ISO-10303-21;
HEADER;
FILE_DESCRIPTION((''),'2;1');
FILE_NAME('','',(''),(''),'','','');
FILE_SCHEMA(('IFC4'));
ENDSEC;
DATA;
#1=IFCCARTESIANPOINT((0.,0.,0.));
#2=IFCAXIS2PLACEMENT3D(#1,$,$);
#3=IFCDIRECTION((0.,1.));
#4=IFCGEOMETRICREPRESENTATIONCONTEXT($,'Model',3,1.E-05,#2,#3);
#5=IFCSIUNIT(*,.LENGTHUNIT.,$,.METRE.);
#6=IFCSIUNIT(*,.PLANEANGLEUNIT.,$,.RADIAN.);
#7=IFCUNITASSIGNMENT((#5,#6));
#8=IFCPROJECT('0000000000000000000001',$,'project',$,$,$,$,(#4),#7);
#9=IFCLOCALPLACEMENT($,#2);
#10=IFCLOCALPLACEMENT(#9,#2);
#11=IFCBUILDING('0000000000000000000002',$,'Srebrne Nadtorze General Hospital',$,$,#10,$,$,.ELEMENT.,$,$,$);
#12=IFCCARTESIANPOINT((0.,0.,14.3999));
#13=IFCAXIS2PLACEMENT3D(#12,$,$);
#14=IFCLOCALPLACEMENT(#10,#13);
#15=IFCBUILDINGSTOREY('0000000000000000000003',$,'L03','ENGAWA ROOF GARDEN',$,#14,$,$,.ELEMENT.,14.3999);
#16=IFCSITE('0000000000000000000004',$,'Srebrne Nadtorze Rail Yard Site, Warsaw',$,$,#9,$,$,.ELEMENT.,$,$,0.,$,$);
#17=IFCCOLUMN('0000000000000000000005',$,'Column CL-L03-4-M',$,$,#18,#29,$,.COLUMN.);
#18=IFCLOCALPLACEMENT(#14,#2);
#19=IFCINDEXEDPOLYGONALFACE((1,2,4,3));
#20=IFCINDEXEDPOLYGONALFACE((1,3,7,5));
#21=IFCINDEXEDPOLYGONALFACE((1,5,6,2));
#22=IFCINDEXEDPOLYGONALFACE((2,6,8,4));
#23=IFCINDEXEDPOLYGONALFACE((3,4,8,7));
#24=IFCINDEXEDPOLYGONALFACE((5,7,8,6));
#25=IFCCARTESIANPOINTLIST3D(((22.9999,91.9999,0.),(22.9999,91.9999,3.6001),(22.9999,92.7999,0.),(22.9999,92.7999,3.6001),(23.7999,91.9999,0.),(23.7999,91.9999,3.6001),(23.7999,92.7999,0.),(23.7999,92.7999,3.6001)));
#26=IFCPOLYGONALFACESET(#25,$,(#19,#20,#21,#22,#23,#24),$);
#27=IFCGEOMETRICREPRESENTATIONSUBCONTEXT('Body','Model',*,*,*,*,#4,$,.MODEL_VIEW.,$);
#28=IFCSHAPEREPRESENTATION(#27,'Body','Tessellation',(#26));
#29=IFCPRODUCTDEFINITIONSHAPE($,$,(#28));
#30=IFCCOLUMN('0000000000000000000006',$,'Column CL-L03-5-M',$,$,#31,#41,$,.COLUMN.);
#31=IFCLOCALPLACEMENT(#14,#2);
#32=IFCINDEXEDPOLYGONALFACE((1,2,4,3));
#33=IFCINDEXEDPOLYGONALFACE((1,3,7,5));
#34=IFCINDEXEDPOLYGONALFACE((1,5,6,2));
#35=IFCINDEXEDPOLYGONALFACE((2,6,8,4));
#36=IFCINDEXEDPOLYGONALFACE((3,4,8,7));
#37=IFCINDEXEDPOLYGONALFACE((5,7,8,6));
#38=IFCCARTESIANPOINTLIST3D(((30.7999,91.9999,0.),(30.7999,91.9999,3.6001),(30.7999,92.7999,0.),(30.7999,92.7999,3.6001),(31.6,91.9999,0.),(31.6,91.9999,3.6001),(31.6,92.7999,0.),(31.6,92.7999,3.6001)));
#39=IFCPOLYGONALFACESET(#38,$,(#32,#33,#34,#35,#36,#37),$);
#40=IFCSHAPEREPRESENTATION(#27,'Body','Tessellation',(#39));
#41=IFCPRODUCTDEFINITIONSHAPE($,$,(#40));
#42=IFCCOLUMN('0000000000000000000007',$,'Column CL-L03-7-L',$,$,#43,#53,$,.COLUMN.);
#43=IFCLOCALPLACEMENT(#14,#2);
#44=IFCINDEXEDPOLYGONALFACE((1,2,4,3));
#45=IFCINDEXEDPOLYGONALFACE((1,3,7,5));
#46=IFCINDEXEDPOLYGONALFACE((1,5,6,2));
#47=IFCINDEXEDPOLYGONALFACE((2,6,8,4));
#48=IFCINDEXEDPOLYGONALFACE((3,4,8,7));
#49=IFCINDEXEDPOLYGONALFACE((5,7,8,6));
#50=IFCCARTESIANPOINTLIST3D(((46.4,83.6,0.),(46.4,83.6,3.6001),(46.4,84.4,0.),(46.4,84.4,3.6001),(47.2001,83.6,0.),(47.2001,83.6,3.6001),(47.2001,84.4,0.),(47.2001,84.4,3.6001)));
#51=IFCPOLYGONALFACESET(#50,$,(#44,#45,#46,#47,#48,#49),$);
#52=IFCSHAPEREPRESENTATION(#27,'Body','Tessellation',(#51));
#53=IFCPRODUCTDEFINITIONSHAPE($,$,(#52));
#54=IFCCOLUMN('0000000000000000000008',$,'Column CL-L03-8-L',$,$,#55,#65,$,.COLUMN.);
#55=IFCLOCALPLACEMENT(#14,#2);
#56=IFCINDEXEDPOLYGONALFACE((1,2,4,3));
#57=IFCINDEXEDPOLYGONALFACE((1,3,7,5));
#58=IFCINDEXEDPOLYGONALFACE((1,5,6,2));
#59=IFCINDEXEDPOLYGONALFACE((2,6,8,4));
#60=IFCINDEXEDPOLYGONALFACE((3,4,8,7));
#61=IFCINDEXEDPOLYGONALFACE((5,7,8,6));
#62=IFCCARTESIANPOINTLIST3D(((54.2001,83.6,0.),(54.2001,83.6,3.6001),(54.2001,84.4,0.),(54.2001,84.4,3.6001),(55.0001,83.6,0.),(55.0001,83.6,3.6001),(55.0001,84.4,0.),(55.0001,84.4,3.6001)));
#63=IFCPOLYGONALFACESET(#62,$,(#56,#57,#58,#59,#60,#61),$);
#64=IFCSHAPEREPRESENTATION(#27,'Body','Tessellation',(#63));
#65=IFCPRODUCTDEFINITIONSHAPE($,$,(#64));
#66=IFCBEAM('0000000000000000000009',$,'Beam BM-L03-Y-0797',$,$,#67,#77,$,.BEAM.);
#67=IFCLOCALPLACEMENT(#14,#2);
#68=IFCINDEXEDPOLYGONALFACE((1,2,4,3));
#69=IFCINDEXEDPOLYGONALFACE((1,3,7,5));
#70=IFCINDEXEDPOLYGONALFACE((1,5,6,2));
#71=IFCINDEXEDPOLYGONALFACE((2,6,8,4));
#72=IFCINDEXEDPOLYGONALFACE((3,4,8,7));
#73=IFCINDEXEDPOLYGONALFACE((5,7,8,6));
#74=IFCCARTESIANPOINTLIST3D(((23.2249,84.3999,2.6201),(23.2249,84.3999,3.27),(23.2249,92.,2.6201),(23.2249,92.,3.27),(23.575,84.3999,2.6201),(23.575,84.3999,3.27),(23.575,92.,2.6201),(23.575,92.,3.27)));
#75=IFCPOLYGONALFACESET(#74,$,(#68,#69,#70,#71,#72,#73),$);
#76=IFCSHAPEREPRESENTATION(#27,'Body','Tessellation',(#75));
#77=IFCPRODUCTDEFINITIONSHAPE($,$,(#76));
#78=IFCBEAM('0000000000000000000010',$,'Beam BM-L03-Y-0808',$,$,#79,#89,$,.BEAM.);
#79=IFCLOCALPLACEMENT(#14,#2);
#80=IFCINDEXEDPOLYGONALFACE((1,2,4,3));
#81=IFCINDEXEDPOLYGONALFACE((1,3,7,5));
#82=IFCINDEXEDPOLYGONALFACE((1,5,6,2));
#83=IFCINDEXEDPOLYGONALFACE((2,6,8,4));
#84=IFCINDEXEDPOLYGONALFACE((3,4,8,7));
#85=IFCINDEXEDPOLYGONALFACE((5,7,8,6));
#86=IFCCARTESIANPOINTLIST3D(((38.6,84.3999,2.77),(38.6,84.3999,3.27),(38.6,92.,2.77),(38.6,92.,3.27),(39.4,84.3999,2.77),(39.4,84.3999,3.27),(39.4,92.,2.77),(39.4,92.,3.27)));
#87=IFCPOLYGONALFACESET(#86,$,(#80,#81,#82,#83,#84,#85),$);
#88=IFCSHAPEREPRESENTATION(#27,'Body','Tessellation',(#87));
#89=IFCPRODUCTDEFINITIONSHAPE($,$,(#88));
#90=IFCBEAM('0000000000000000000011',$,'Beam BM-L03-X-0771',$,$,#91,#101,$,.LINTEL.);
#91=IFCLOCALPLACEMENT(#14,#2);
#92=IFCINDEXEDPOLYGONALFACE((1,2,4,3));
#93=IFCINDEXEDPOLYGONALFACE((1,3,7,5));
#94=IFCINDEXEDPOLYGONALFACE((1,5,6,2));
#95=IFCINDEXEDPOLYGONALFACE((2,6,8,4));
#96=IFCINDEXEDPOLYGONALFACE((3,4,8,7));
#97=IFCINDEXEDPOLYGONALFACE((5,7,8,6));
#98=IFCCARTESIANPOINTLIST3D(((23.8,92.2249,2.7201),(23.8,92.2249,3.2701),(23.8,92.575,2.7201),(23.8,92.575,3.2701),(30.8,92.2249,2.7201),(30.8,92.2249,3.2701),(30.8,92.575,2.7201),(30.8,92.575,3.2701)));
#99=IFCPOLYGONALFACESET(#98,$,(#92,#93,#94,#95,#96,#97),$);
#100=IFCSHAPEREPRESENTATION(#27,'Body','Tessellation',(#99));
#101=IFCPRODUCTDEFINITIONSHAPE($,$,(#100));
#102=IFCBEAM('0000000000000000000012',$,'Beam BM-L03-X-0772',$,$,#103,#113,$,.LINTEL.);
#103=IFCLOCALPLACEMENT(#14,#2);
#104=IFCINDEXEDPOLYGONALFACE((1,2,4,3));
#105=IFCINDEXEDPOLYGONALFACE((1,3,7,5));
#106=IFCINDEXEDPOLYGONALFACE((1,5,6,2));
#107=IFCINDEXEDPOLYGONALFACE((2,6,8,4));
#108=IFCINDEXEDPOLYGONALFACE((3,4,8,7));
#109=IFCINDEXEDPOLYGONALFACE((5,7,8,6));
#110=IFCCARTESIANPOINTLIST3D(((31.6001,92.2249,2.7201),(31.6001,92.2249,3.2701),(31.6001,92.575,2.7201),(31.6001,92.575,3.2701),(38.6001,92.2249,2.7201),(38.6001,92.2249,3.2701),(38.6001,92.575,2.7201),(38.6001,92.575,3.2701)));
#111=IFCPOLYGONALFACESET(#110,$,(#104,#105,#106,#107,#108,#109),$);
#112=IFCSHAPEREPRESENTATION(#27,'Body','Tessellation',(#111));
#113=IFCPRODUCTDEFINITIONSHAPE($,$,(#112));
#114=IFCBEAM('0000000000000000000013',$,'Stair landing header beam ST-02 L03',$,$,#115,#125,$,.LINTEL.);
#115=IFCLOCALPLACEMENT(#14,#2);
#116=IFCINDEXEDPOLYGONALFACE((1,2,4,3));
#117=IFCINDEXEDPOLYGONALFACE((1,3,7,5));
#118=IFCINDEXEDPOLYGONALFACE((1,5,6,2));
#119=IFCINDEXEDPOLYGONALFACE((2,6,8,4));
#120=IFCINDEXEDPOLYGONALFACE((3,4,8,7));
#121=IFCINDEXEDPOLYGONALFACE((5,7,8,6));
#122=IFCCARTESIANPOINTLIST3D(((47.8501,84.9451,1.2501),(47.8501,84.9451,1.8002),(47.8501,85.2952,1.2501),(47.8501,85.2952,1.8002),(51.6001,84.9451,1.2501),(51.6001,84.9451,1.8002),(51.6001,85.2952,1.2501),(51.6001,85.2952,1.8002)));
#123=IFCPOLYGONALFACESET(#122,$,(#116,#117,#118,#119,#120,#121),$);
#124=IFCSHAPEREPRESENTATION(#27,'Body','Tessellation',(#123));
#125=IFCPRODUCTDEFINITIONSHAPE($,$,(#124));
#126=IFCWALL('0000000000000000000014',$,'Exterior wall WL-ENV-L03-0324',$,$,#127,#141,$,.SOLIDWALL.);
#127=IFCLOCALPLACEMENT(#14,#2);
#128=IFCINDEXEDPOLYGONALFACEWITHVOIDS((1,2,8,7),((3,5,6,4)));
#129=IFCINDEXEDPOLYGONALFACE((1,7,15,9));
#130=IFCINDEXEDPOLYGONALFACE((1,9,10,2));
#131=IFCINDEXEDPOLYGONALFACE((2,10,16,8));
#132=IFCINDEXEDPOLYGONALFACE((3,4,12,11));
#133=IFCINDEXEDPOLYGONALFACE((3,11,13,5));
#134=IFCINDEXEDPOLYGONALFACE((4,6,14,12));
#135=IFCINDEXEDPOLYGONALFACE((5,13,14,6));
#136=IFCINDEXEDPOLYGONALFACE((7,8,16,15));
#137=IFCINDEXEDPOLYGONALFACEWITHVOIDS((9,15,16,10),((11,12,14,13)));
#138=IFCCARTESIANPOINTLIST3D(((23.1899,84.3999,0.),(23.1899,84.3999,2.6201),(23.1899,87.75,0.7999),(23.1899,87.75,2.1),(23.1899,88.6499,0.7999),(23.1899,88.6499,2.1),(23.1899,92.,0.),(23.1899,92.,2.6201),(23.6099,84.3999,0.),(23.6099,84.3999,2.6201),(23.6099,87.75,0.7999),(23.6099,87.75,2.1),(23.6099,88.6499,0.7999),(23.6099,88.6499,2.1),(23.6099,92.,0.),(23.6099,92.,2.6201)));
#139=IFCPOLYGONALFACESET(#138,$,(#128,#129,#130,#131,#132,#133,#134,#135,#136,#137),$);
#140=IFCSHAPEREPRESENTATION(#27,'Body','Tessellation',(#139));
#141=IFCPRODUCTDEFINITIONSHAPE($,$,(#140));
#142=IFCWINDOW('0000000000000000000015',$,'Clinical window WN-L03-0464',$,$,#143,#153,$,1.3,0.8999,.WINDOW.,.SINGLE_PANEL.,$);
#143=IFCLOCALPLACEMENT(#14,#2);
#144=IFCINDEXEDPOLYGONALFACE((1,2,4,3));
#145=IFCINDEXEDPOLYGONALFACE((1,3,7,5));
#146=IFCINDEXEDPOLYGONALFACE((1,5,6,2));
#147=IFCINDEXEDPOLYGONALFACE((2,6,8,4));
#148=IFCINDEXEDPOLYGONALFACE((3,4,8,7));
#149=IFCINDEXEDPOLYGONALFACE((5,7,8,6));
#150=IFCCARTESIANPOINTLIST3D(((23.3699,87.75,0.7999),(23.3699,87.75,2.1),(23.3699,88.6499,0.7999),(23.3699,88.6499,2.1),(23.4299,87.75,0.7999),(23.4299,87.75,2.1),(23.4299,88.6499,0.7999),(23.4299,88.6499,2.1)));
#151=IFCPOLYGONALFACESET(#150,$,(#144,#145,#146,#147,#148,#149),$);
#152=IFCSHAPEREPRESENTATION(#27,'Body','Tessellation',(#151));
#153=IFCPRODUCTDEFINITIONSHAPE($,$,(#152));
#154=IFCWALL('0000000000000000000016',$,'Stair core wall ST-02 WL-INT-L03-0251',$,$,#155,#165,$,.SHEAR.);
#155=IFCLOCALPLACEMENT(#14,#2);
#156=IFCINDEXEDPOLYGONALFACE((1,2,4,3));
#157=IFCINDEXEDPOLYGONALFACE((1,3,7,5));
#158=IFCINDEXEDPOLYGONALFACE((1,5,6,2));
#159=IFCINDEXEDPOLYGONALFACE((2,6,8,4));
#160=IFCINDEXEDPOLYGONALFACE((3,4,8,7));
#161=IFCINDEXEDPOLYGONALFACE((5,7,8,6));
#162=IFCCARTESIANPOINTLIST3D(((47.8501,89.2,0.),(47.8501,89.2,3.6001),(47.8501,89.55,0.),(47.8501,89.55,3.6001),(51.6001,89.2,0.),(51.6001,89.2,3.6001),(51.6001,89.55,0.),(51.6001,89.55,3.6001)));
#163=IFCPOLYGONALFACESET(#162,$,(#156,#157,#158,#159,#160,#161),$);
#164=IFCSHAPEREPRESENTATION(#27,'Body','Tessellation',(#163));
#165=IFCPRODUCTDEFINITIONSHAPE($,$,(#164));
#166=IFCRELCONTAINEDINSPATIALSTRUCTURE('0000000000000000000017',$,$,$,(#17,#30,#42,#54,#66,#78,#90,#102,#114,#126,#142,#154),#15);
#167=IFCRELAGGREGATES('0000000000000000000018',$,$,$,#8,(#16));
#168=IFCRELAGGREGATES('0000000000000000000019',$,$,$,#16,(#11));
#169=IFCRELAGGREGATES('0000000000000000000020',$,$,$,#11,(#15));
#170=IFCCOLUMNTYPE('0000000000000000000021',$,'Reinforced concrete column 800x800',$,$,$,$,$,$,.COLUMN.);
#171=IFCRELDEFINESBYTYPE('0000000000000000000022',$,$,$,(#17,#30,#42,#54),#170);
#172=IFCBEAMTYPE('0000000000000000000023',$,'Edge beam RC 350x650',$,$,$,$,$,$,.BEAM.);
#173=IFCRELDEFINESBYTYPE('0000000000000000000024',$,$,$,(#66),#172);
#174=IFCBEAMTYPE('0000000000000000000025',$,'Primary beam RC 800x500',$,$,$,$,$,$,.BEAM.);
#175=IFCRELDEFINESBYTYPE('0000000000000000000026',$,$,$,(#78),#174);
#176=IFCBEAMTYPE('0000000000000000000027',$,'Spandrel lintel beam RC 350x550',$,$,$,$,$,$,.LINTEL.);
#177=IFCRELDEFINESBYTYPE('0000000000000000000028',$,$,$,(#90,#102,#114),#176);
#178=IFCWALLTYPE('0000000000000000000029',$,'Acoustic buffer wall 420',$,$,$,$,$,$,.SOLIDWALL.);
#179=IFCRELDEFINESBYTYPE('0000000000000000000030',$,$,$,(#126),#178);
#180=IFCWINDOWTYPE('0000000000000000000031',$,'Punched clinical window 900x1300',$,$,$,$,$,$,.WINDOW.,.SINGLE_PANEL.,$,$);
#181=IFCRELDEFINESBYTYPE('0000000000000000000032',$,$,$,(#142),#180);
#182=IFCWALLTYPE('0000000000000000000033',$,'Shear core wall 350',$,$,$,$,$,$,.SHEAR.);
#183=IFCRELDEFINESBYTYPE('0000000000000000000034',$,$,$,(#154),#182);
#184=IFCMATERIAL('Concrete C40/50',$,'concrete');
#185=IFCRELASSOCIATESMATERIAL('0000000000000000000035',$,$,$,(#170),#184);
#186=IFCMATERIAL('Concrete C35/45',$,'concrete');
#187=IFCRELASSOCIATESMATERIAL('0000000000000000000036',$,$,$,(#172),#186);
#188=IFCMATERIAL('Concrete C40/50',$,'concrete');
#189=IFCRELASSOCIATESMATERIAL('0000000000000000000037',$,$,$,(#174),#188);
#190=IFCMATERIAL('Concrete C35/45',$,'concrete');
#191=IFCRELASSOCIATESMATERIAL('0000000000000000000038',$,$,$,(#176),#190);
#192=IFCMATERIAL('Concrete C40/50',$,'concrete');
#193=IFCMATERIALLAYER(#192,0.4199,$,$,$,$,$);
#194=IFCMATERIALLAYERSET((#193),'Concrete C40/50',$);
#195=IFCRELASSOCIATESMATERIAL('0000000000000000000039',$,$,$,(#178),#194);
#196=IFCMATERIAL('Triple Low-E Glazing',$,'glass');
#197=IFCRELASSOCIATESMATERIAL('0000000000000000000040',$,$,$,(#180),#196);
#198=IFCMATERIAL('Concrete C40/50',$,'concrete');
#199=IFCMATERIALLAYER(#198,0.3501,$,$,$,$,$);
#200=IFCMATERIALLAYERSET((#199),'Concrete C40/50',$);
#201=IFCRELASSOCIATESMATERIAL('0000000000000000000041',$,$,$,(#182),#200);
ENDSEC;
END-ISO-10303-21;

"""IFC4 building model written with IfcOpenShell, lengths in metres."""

from ifc_helpers import new_model, si_unit, direction, frame, frame_2d, origin, origin_2d, place, context, subcontext, project, spatial, rectangle, extrude, material, layer, layer_set, material_profile, profile_set, type_object, element, fill, save


model = new_model("IFC4")

# Units and contexts
model_context = context("Model", 3, precision=1e-05, world=origin(), true_north=direction((0.0, 1.0)))
body_context = subcontext(model_context, "Body", "Model", "MODEL_VIEW")
ifc_project = project(units=[si_unit("LENGTHUNIT", "METRE"), si_unit("PLANEANGLEUNIT", "RADIAN")], contexts=[model_context])

# Site, building, storey
site_placement = place(None, origin())
site = spatial("IfcSite", under=ifc_project, at=site_placement, Name="Srebrne Nadtorze Rail Yard Site, Warsaw", CompositionType="ELEMENT", RefElevation=0.0)
building_placement = place(site_placement, origin())
building = spatial("IfcBuilding", under=site, at=building_placement, Name="Srebrne Nadtorze General Hospital", CompositionType="ELEMENT")
storey_placement = place(building_placement, frame((0.0, 0.0, 14.3999)))
storey = spatial("IfcBuildingStorey", under=building, at=storey_placement, Name="L03", Description="ENGAWA ROOF GARDEN", CompositionType="ELEMENT", Elevation=14.3999)

# Columns
ifc_material_1 = material(Name="Concrete C40/50", Category="concrete")
ifc_material_profile_1 = material_profile(ifc_material_1, rectangle(XDim=0.8, YDim=0.8, at=origin_2d()), Name="RC-COL-800x800")
ifc_profile_set_1 = profile_set([ifc_material_profile_1], Name="Concrete C40/50")
column_type = type_object("IfcColumnType", Name="Reinforced concrete column 800x800", PredefinedType="COLUMN", material=ifc_profile_set_1)
for number, where, z_axis, x_axis, name in (
    (1, (23.3999, 92.3999, 0.0), (0.0, 0.0, 1.0), (1.0, 0.0, 0.0), "Column CL-L03-4-M"),
    (2, (31.2, 92.3999, 0.0), (0.0, 0.0, 1.0), (1.0, 0.0, 0.0), "Column CL-L03-5-M"),
    (3, (46.8, 84.0, 0.0), (0.0, 0.0, 1.0), (1.0, 0.0, 0.0), "Column CL-L03-7-L"),
    (4, (54.6001, 84.0, 0.0), (0.0, 0.0, 1.0), (1.0, 0.0, 0.0), "Column CL-L03-8-L"),
):
    element("IfcColumn", number, at=place(storey_placement, frame(where, z_axis=z_axis, x_axis=x_axis)), inside=storey, type_object=column_type, Name=name, PredefinedType="COLUMN", context=body_context, shape_type="SweptSolid", body=[
        extrude(rectangle(XDim=0.8, YDim=0.8, at=origin_2d()), origin(), (0.0, 0.0, 1.0), 3.6001),
    ])

# Beams
ifc_material_2 = material(Name="Concrete C35/45", Category="concrete")
ifc_material_profile_2 = material_profile(ifc_material_2, rectangle(XDim=0.3501, YDim=0.6499, at=origin_2d()), Name="RC-BM-350x650")
ifc_profile_set_2 = profile_set([ifc_material_profile_2], Name="Concrete C35/45")
beam_type_1 = type_object("IfcBeamType", Name="Edge beam RC 350x650", PredefinedType="BEAM", material=ifc_profile_set_2)
beam_1_placement = place(storey_placement, frame((23.3999, 84.3999, 2.9451), z_axis=(0.0, 1.0, 0.0), x_axis=(-1.0, 0.0, 0.0)))
element("IfcBeam", 5, at=beam_1_placement, inside=storey, type_object=beam_type_1, Name="Beam BM-L03-Y-0797", PredefinedType="BEAM", context=body_context, shape_type="SweptSolid", body=[
    extrude(rectangle(XDim=0.3501, YDim=0.6499, at=origin_2d()), origin(), (0.0, 0.0, 1.0), 7.6001),
])
ifc_material_3 = material(Name="Concrete C40/50", Category="concrete")
ifc_material_profile_3 = material_profile(ifc_material_3, rectangle(XDim=0.8, YDim=0.5, at=origin_2d()), Name="RC-BM-800x500")
ifc_profile_set_3 = profile_set([ifc_material_profile_3], Name="Concrete C40/50")
beam_type_2 = type_object("IfcBeamType", Name="Primary beam RC 800x500", PredefinedType="BEAM", material=ifc_profile_set_3)
beam_2_placement = place(storey_placement, frame((39.0, 84.3999, 3.02), z_axis=(0.0, 1.0, 0.0), x_axis=(-1.0, 0.0, 0.0)))
element("IfcBeam", 6, at=beam_2_placement, inside=storey, type_object=beam_type_2, Name="Beam BM-L03-Y-0808", PredefinedType="BEAM", context=body_context, shape_type="SweptSolid", body=[
    extrude(rectangle(XDim=0.8, YDim=0.5, at=origin_2d()), origin(), (0.0, 0.0, 1.0), 7.6001),
])
ifc_material_4 = material(Name="Concrete C35/45", Category="concrete")
ifc_material_profile_4 = material_profile(ifc_material_4, rectangle(XDim=0.3501, YDim=0.55, at=origin_2d()), Name="RC-BM-350x550")
ifc_profile_set_4 = profile_set([ifc_material_profile_4], Name="Concrete C35/45")
beam_type_3 = type_object("IfcBeamType", Name="Spandrel lintel beam RC 350x550", PredefinedType="LINTEL", material=ifc_profile_set_4)
for number, where, z_axis, x_axis, name in (
    (7, (23.8, 92.3999, 2.9951), (1.0, 0.0, 0.0), (0.0, 1.0, 0.0), "Beam BM-L03-X-0771"),
    (8, (31.6001, 92.3999, 2.9951), (1.0, 0.0, 0.0), (0.0, 1.0, 0.0), "Beam BM-L03-X-0772"),
):
    element("IfcBeam", number, at=place(storey_placement, frame(where, z_axis=z_axis, x_axis=x_axis)), inside=storey, type_object=beam_type_3, Name=name, PredefinedType="LINTEL", context=body_context, shape_type="SweptSolid", body=[
        extrude(rectangle(XDim=0.3501, YDim=0.55, at=origin_2d()), origin(), (0.0, 0.0, 1.0), 7.0),
    ])
beam_3_placement = place(storey_placement, frame((47.8501, 85.1201, 1.5251), z_axis=(1.0, 0.0, 0.0), x_axis=(0.0, 1.0, 0.0)))
element("IfcBeam", 9, at=beam_3_placement, inside=storey, type_object=beam_type_3, Name="Stair landing header beam ST-02 L03", PredefinedType="LINTEL", context=body_context, shape_type="SweptSolid", body=[
    extrude(rectangle(XDim=0.3501, YDim=0.55, at=origin_2d()), origin(), (0.0, 0.0, 1.0), 3.75),
])

# Wall, opening, window
ifc_material_5 = material(Name="Concrete C40/50", Category="concrete")
ifc_layer_1 = layer(ifc_material_5, 0.4199)
ifc_layer_set_1 = layer_set([ifc_layer_1], Name="Concrete C40/50")
wall_type_1 = type_object("IfcWallType", Name="Acoustic buffer wall 420", PredefinedType="SOLIDWALL", material=ifc_layer_set_1)
wall_1_placement = place(storey_placement, frame((23.3999, 84.3999, 0.0), z_axis=(0.0, 0.0, 1.0), x_axis=(0.0, 1.0, 0.0)))
wall_1 = element("IfcWall", 10, at=wall_1_placement, inside=storey, type_object=wall_type_1, Name="Exterior wall WL-ENV-L03-0324", PredefinedType="SOLIDWALL", context=body_context, shape_type="SweptSolid", body=[
    extrude(rectangle(XDim=7.6001, YDim=0.4199, at=frame_2d((3.8, 0.0))), origin(), (0.0, 0.0, 1.0), 2.6201),
])
opening_1_placement = place(wall_1_placement, frame((3.3501, 0.0, 0.8)))
opening_1 = element("IfcOpeningElement", 11, at=opening_1_placement, cuts=wall_1, PredefinedType="OPENING", context=body_context, shape_type="SweptSolid", body=[
    extrude(rectangle(XDim=0.8999, YDim=1.3, at=frame_2d((0.45, 0.6499))), frame((0.0, 0.2219, 0.0), z_axis=(0.0, -1.0, 0.0), x_axis=(1.0, 0.0, 0.0)), (0.0, 0.0, 1.0), 0.4438),
])
ifc_material_6 = material(Name="Triple Low-E Glazing", Category="glass")
window_type_1 = type_object("IfcWindowType", Name="Punched clinical window 900x1300", PartitioningType="SINGLE_PANEL", PredefinedType="WINDOW", material=ifc_material_6)
window_1_placement = place(opening_1_placement, origin())
window_1 = element("IfcWindow", 12, at=window_1_placement, inside=storey, type_object=window_type_1, Name="Clinical window WN-L03-0464", OverallHeight=1.3, OverallWidth=0.8999, PartitioningType="SINGLE_PANEL", PredefinedType="WINDOW", context=body_context, shape_type="SweptSolid", body=[
    extrude(rectangle(XDim=0.8999, YDim=1.3, at=frame_2d((0.45, 0.6499))), frame((0.0, 0.03, 0.0), z_axis=(0.0, -1.0, 0.0), x_axis=(1.0, 0.0, 0.0)), (0.0, 0.0, 1.0), 0.0601),
])
fill(opening_1, window_1)

# Wall
ifc_material_7 = material(Name="Concrete C40/50", Category="concrete")
ifc_layer_2 = layer(ifc_material_7, 0.3501)
ifc_layer_set_2 = layer_set([ifc_layer_2], Name="Concrete C40/50")
wall_type_2 = type_object("IfcWallType", Name="Shear core wall 350", PredefinedType="SHEAR", material=ifc_layer_set_2)
wall_2_placement = place(storey_placement, frame((47.8501, 89.375, 0.0), z_axis=(0.0, 0.0, 1.0), x_axis=(1.0, 0.0, 0.0)))
element("IfcWall", 13, at=wall_2_placement, inside=storey, type_object=wall_type_2, Name="Stair core wall ST-02 WL-INT-L03-0251", PredefinedType="SHEAR", context=body_context, shape_type="SweptSolid", body=[
    extrude(rectangle(XDim=3.75, YDim=0.3501, at=frame_2d((1.875, 0.0))), origin(), (0.0, 0.0, 1.0), 3.6001),
])

save(model, "model.ifc")
